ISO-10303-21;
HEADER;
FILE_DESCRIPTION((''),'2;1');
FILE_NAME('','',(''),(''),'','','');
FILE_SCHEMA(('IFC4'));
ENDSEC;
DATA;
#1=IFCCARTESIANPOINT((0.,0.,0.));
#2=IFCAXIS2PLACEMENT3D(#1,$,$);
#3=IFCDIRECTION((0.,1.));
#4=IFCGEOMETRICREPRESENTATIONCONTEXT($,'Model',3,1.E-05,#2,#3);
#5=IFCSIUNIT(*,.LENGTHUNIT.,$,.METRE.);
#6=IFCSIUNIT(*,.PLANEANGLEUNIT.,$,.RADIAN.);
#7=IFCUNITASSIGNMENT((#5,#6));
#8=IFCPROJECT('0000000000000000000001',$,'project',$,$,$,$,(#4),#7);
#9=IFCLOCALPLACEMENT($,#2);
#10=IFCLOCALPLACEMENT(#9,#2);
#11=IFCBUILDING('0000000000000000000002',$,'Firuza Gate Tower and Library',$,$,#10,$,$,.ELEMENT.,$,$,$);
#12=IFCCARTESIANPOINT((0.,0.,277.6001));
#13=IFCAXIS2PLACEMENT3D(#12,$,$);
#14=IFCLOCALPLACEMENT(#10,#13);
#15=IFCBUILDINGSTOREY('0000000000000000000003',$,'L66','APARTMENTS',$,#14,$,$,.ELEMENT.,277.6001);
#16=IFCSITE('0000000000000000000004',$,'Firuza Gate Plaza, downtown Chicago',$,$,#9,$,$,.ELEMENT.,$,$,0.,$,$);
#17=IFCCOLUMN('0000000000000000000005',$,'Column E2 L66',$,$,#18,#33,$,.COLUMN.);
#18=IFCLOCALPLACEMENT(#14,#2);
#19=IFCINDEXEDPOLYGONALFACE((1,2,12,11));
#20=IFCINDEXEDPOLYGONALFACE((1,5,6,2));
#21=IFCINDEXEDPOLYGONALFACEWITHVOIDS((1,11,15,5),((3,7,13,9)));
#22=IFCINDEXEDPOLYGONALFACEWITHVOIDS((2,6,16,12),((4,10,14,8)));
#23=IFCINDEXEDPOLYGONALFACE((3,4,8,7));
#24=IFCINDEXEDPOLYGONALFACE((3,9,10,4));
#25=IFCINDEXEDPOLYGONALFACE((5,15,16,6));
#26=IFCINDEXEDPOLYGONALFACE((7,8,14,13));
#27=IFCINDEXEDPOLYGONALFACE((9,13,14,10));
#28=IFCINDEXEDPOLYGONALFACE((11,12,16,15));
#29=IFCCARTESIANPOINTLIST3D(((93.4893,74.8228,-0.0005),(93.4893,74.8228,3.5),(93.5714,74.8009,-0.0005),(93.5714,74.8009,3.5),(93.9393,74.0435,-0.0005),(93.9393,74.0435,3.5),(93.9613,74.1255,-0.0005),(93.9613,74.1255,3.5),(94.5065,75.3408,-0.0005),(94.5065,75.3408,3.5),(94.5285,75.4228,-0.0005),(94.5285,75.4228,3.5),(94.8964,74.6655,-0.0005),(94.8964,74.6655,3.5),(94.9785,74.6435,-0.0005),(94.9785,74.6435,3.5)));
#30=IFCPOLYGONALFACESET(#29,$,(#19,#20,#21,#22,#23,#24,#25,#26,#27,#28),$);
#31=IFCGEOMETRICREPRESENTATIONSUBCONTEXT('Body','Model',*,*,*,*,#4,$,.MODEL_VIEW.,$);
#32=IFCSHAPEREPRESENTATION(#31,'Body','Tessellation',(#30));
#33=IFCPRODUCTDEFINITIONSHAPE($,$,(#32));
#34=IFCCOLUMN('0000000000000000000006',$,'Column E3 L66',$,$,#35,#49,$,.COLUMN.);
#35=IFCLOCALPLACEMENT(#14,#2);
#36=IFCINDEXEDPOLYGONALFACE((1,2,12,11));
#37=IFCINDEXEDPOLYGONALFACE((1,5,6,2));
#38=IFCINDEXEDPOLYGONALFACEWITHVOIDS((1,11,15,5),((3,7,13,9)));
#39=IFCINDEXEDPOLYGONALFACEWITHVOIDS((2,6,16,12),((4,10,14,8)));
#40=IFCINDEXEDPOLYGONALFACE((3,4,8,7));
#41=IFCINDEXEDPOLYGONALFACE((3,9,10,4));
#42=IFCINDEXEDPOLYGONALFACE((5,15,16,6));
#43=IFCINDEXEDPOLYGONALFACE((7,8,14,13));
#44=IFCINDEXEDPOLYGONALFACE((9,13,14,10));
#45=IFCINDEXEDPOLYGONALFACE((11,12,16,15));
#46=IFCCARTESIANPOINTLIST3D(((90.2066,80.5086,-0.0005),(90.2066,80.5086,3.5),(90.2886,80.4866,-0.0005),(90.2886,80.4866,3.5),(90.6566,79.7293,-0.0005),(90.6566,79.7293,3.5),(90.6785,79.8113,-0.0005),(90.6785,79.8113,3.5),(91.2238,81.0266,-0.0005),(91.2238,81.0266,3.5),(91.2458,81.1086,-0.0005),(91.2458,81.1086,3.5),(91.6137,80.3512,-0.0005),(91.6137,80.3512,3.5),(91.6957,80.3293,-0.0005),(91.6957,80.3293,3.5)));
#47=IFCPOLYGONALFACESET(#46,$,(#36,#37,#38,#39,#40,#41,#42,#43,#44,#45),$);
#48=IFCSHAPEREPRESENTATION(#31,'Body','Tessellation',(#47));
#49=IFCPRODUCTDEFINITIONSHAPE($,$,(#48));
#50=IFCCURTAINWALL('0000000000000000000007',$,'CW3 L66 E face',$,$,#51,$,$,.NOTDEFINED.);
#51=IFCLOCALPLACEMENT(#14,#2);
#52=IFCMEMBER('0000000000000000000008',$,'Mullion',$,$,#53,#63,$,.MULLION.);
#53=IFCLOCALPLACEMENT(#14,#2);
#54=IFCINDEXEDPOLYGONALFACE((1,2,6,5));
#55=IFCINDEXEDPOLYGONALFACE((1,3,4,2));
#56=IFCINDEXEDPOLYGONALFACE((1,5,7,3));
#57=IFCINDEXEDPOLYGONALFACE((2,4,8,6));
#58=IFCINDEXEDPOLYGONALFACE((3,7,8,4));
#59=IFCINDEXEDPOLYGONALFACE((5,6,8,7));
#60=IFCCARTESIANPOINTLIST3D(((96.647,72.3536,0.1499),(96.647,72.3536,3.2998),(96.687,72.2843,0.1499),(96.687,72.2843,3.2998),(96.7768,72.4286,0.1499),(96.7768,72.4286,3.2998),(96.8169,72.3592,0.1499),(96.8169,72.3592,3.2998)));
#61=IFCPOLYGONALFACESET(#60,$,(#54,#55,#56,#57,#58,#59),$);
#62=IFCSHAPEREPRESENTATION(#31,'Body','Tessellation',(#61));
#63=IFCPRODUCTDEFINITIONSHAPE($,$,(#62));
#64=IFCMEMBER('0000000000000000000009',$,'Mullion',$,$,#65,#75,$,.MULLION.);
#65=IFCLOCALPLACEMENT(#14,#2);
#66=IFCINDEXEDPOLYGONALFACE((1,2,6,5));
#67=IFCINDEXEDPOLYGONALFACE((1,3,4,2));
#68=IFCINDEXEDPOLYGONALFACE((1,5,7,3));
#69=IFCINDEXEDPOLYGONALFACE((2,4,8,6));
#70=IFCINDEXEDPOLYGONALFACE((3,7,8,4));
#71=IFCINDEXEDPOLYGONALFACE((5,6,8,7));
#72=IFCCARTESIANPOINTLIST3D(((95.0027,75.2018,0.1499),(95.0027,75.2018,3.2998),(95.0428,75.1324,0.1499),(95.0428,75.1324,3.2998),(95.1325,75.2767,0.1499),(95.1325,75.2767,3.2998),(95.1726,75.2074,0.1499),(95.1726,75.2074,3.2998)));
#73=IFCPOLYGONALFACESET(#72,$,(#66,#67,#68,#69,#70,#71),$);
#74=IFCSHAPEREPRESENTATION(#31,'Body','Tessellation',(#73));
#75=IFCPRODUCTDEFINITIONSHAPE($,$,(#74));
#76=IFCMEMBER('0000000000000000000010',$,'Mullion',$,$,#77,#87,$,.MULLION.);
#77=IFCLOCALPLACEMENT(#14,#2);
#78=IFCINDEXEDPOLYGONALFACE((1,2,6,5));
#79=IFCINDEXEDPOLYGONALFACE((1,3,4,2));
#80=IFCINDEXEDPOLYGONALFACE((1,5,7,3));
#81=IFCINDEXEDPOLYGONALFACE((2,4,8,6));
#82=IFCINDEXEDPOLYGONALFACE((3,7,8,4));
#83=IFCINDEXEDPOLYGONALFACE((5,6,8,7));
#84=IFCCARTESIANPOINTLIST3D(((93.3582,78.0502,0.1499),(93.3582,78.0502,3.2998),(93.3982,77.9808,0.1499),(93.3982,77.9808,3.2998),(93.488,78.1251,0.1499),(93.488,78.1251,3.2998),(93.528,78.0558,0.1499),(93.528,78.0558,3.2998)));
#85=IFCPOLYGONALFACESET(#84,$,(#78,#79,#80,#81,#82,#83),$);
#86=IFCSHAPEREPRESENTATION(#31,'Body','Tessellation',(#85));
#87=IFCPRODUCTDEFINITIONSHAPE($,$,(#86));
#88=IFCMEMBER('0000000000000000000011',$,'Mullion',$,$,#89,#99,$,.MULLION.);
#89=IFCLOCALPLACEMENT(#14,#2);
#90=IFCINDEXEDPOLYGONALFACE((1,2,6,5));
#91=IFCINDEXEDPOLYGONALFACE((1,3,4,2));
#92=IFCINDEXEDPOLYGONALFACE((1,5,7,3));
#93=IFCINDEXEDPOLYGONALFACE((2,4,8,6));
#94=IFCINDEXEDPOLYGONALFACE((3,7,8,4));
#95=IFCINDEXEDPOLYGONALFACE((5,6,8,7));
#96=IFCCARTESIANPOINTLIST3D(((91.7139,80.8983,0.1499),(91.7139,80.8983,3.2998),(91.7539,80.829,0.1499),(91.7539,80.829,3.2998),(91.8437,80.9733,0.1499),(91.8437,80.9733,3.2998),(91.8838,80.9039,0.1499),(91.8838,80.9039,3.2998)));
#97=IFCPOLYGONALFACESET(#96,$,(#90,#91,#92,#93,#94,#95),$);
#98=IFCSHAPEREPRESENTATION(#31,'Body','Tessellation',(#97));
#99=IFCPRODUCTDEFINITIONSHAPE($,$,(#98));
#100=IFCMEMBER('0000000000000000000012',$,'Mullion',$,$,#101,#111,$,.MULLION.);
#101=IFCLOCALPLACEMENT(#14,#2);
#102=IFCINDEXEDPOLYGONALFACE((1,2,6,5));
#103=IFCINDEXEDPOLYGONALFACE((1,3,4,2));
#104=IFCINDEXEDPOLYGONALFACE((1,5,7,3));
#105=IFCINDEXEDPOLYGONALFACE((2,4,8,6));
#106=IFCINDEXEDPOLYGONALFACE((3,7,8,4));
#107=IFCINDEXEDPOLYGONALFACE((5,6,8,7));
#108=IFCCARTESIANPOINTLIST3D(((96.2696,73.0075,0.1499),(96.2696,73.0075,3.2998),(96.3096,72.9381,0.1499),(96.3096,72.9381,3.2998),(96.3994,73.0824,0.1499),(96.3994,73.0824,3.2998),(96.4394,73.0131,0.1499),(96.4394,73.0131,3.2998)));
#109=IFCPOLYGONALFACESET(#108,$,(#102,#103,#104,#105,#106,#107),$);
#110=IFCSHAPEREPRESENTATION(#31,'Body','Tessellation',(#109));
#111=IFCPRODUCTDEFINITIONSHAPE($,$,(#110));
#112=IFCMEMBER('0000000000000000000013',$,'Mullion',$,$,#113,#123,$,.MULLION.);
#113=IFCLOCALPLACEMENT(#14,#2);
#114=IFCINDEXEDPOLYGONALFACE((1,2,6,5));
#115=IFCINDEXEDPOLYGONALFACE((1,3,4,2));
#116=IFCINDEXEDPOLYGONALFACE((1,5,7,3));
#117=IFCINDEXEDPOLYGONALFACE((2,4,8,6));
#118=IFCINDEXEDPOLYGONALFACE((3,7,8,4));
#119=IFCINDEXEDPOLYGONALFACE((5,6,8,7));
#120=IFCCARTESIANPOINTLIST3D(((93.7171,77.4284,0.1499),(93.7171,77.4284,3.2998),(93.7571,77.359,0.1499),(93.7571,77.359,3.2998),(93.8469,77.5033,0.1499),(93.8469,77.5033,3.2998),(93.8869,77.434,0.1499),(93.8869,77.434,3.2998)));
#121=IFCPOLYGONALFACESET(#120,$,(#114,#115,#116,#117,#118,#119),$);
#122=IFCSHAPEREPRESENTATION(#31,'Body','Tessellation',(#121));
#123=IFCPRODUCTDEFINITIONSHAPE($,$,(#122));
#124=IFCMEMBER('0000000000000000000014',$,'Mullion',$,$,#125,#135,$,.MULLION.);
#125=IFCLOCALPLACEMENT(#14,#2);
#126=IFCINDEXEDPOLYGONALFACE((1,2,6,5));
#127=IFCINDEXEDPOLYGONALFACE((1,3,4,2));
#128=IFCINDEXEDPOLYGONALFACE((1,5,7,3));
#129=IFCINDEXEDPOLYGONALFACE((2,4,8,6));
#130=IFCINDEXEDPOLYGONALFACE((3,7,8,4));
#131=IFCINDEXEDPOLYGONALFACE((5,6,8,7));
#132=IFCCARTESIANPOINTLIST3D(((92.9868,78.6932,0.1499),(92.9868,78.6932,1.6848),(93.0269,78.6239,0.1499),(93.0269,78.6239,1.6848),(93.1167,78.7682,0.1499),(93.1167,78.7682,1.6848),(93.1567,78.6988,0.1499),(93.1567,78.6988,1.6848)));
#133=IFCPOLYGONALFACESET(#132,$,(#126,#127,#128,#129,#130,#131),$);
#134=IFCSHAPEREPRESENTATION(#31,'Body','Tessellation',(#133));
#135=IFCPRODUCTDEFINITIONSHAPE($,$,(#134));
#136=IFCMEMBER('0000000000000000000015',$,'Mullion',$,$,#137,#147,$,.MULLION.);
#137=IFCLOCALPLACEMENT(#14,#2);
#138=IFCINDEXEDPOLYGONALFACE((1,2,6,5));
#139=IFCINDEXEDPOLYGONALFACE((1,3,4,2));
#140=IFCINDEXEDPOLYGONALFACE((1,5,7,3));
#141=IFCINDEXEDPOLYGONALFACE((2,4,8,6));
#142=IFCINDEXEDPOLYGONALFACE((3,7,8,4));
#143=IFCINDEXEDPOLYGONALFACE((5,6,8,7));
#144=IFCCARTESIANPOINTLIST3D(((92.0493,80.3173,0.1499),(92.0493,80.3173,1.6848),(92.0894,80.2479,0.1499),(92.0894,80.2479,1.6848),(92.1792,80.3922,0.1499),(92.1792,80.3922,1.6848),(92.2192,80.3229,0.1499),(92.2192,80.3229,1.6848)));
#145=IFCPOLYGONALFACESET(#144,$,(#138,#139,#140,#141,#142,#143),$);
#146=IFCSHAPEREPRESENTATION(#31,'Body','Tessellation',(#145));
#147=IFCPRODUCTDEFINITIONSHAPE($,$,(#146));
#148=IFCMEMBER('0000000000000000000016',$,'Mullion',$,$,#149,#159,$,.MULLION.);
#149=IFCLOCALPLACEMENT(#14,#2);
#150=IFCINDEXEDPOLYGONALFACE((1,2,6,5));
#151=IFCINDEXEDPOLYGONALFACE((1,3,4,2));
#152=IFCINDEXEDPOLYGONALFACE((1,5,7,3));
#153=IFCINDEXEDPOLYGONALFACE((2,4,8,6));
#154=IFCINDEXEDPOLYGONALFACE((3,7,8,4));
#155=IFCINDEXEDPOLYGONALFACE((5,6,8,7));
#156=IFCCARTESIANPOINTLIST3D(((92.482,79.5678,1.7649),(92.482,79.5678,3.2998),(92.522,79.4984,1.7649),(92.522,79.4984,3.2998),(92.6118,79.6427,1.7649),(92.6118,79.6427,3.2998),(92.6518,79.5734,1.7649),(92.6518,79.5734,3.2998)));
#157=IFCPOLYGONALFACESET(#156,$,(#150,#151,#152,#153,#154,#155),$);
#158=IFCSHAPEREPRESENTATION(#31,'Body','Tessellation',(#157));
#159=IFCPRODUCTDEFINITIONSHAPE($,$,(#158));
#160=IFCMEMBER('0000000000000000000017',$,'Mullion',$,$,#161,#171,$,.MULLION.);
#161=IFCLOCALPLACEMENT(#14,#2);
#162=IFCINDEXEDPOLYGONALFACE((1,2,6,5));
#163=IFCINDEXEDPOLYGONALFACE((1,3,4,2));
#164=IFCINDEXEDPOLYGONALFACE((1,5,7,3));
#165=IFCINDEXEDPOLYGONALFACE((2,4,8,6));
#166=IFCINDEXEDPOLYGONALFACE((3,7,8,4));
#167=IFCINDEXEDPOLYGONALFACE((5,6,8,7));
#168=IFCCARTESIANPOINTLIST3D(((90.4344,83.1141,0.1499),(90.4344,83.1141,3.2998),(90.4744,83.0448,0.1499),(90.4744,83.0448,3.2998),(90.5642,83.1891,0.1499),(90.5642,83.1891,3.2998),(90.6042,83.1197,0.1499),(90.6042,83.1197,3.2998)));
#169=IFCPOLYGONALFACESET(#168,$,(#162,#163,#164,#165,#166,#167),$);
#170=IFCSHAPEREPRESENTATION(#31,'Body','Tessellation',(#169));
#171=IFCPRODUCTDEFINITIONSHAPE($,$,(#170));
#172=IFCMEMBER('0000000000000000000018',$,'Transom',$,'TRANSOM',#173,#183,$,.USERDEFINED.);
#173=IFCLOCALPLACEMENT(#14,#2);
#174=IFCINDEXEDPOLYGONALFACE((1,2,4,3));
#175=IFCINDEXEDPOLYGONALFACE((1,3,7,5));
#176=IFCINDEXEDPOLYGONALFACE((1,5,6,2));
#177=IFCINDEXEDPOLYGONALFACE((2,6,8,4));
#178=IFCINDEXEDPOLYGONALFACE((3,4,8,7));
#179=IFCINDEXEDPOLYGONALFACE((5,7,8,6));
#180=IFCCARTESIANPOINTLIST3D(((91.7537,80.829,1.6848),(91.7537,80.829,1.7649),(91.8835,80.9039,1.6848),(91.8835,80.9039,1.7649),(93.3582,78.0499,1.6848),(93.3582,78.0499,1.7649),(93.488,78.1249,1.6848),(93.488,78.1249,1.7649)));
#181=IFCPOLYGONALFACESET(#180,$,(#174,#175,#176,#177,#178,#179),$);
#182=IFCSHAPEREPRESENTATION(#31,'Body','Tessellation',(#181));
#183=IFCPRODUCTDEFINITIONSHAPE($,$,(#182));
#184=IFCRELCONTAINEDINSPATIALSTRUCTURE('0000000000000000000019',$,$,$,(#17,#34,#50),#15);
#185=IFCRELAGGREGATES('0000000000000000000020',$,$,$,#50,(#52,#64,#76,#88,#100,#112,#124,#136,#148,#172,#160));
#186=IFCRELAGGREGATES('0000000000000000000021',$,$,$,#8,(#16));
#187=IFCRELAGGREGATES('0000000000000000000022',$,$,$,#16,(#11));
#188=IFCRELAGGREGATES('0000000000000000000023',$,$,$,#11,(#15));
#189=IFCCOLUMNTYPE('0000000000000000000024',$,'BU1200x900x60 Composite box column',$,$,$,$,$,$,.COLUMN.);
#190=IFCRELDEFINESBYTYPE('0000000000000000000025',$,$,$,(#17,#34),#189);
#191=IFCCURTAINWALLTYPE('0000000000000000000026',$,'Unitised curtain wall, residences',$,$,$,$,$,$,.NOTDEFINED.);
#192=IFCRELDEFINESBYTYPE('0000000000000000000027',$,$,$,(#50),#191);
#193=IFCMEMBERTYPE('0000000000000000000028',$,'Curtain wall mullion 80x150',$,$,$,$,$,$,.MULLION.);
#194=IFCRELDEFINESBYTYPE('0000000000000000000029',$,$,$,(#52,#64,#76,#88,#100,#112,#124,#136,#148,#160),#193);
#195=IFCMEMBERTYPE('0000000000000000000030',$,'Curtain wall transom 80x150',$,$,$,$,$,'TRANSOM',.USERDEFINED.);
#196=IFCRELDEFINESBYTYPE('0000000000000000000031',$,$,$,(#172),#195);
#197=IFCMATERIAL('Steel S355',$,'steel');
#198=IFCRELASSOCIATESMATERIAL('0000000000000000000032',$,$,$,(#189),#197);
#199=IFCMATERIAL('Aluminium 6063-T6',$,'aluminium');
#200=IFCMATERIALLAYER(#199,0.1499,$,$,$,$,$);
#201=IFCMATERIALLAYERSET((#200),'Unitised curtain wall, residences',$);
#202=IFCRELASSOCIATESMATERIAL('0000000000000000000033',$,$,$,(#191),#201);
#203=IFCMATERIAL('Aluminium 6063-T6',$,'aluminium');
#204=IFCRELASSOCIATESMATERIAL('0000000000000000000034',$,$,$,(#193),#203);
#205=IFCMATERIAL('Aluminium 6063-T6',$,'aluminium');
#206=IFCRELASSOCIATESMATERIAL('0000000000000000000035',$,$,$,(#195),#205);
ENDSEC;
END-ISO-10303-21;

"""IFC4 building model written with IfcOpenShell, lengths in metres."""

from ifc_helpers import new_model, si_unit, direction, frame, origin, origin_2d, place, context, subcontext, project, spatial, rectangle, hollow_rectangle, extrude, material, layer, layer_set, material_profile, profile_set, type_object, element, aggregate, save


model = new_model("IFC4")

# Units and contexts
model_context = context("Model", 3, precision=1e-05, world=origin(), true_north=direction((0.0, 1.0)))
body_context = subcontext(model_context, "Body", "Model", "MODEL_VIEW")
ifc_project = project(units=[si_unit("LENGTHUNIT", "METRE"), si_unit("PLANEANGLEUNIT", "RADIAN")], contexts=[model_context])

# Site, building, storey
site_placement = place(None, origin())
site = spatial("IfcSite", under=ifc_project, at=site_placement, Name="Firuza Gate Plaza, downtown Chicago", CompositionType="ELEMENT", RefElevation=0.0)
building_placement = place(site_placement, origin())
building = spatial("IfcBuilding", under=site, at=building_placement, Name="Firuza Gate Tower and Library", CompositionType="ELEMENT")
storey_placement = place(building_placement, frame((0.0, 0.0, 277.6001)))
storey = spatial("IfcBuildingStorey", under=building, at=storey_placement, Name="L66", Description="APARTMENTS", CompositionType="ELEMENT", Elevation=277.6001)

# Columns
ifc_material_1 = material(Name="Steel S355", Category="steel")
ifc_material_profile_1 = material_profile(ifc_material_1, hollow_rectangle(XDim=0.8999, YDim=1.2, WallThickness=0.0601, at=origin_2d()))
ifc_profile_set_1 = profile_set([ifc_material_profile_1], Name="Steel S355")
column_type = type_object("IfcColumnType", Name="BU1200x900x60 Composite box column", PredefinedType="COLUMN", material=ifc_profile_set_1)
for number, where, z_axis, x_axis, name in (
    (1, (94.2339, 74.7332, -0.0005), (0.0, 0.0, 1.0), (-0.5, 0.866025, 0.0), "Column E2 L66"),
    (2, (90.9512, 80.4189, -0.0005), (0.0, 0.0, 1.0), (-0.5, 0.866025, 0.0), "Column E3 L66"),
):
    element("IfcColumn", number, at=place(storey_placement, frame(where, z_axis=z_axis, x_axis=x_axis)), inside=storey, type_object=column_type, Name=name, PredefinedType="COLUMN", context=body_context, shape_type="SweptSolid", body=[
        extrude(hollow_rectangle(XDim=0.8999, YDim=1.2, WallThickness=0.0601, at=origin_2d()), origin(), (0.0, 0.0, 1.0), 3.5005),
    ])

# Curtain wall, members
ifc_material_2 = material(Name="Aluminium 6063-T6", Category="aluminium")
ifc_layer_1 = layer(ifc_material_2, 0.1499)
ifc_layer_set_1 = layer_set([ifc_layer_1], Name="Unitised curtain wall, residences")
curtain_wall_type = type_object("IfcCurtainWallType", Name="Unitised curtain wall, residences", PredefinedType="NOTDEFINED", material=ifc_layer_set_1)
curtain_wall_placement = place(storey_placement, origin())
curtain_wall = element("IfcCurtainWall", 3, at=curtain_wall_placement, inside=storey, type_object=curtain_wall_type, Name="CW3 L66 E face", PredefinedType="NOTDEFINED")
ifc_material_3 = material(Name="Aluminium 6063-T6", Category="aluminium")
ifc_material_profile_2 = material_profile(ifc_material_3, rectangle(XDim=0.1499, YDim=0.0801, at=origin_2d()))
ifc_profile_set_2 = profile_set([ifc_material_profile_2], Name="Aluminium 6063-T6")
member_type_1 = type_object("IfcMemberType", Name="Curtain wall mullion 80x150", PredefinedType="MULLION", material=ifc_profile_set_2)
member_1_placement = place(storey_placement, frame((96.7319, 72.3564, 0.1499), z_axis=(0.0, 0.0, 1.0), x_axis=(-0.866025, -0.5, 0.0)))
member_1 = element("IfcMember", 4, at=member_1_placement, type_object=member_type_1, Name="Mullion", PredefinedType="MULLION", context=body_context, shape_type="SweptSolid", body=[
    extrude(rectangle(XDim=0.1499, YDim=0.0801, at=origin_2d()), origin(), (0.0, 0.0, 1.0), 3.1499),
])
member_2_placement = place(storey_placement, frame((95.0876, 75.2046, 0.1499), z_axis=(0.0, 0.0, 1.0), x_axis=(-0.866025, -0.5, 0.0)))
member_2 = element("IfcMember", 5, at=member_2_placement, type_object=member_type_1, Name="Mullion", PredefinedType="MULLION", context=body_context, shape_type="SweptSolid", body=[
    extrude(rectangle(XDim=0.1499, YDim=0.0801, at=origin_2d()), origin(), (0.0, 0.0, 1.0), 3.1499),
])
member_3_placement = place(storey_placement, frame((93.4431, 78.053, 0.1499), z_axis=(0.0, 0.0, 1.0), x_axis=(-0.866025, -0.5, 0.0)))
member_3 = element("IfcMember", 6, at=member_3_placement, type_object=member_type_1, Name="Mullion", PredefinedType="MULLION", context=body_context, shape_type="SweptSolid", body=[
    extrude(rectangle(XDim=0.1499, YDim=0.0801, at=origin_2d()), origin(), (0.0, 0.0, 1.0), 3.1499),
])
member_4_placement = place(storey_placement, frame((91.7988, 80.9011, 0.1499), z_axis=(0.0, 0.0, 1.0), x_axis=(-0.866025, -0.5, 0.0)))
member_4 = element("IfcMember", 7, at=member_4_placement, type_object=member_type_1, Name="Mullion", PredefinedType="MULLION", context=body_context, shape_type="SweptSolid", body=[
    extrude(rectangle(XDim=0.1499, YDim=0.0801, at=origin_2d()), origin(), (0.0, 0.0, 1.0), 3.1499),
])
member_5_placement = place(storey_placement, frame((96.3545, 73.0103, 0.1499), z_axis=(0.0, 0.0, 1.0), x_axis=(-0.866025, -0.5, 0.0)))
member_5 = element("IfcMember", 8, at=member_5_placement, type_object=member_type_1, Name="Mullion", PredefinedType="MULLION", context=body_context, shape_type="SweptSolid", body=[
    extrude(rectangle(XDim=0.1499, YDim=0.0801, at=origin_2d()), origin(), (0.0, 0.0, 1.0), 3.1499),
])
member_6_placement = place(storey_placement, frame((93.802, 77.4312, 0.1499), z_axis=(0.0, 0.0, 1.0), x_axis=(-0.866025, -0.5, 0.0)))
member_6 = element("IfcMember", 9, at=member_6_placement, type_object=member_type_1, Name="Mullion", PredefinedType="MULLION", context=body_context, shape_type="SweptSolid", body=[
    extrude(rectangle(XDim=0.1499, YDim=0.0801, at=origin_2d()), origin(), (0.0, 0.0, 1.0), 3.1499),
])
member_7_placement = place(storey_placement, frame((93.0718, 78.696, 0.1499), z_axis=(0.0, 0.0, 1.0), x_axis=(-0.866025, -0.5, 0.0)))
member_7 = element("IfcMember", 10, at=member_7_placement, type_object=member_type_1, Name="Mullion", PredefinedType="MULLION", context=body_context, shape_type="SweptSolid", body=[
    extrude(rectangle(XDim=0.1499, YDim=0.0801, at=origin_2d()), origin(), (0.0, 0.0, 1.0), 1.5349),
])
member_8_placement = place(storey_placement, frame((92.1343, 80.3201, 0.1499), z_axis=(0.0, 0.0, 1.0), x_axis=(-0.866025, -0.5, 0.0)))
member_8 = element("IfcMember", 11, at=member_8_placement, type_object=member_type_1, Name="Mullion", PredefinedType="MULLION", context=body_context, shape_type="SweptSolid", body=[
    extrude(rectangle(XDim=0.1499, YDim=0.0801, at=origin_2d()), origin(), (0.0, 0.0, 1.0), 1.5349),
])
member_9_placement = place(storey_placement, frame((92.5669, 79.5706, 1.7649), z_axis=(0.0, 0.0, 1.0), x_axis=(-0.866025, -0.5, 0.0)))
member_9 = element("IfcMember", 12, at=member_9_placement, type_object=member_type_1, Name="Mullion", PredefinedType="MULLION", context=body_context, shape_type="SweptSolid", body=[
    extrude(rectangle(XDim=0.1499, YDim=0.0801, at=origin_2d()), origin(), (0.0, 0.0, 1.0), 1.5349),
])
member_10_placement = place(storey_placement, frame((90.5193, 83.1169, 0.1499), z_axis=(0.0, 0.0, 1.0), x_axis=(-0.866025, -0.5, 0.0)))
member_10 = element("IfcMember", 13, at=member_10_placement, type_object=member_type_1, Name="Mullion", PredefinedType="MULLION", context=body_context, shape_type="SweptSolid", body=[
    extrude(rectangle(XDim=0.1499, YDim=0.0801, at=origin_2d()), origin(), (0.0, 0.0, 1.0), 3.1499),
])
ifc_material_4 = material(Name="Aluminium 6063-T6", Category="aluminium")
ifc_material_profile_3 = material_profile(ifc_material_4, rectangle(XDim=0.1499, YDim=0.0801, at=origin_2d()))
ifc_profile_set_3 = profile_set([ifc_material_profile_3], Name="Aluminium 6063-T6")
member_type_2 = type_object("IfcMemberType", Name="Curtain wall transom 80x150", ElementType="TRANSOM", PredefinedType="USERDEFINED", material=ifc_profile_set_3)
member_11_placement = place(storey_placement, frame((93.4231, 78.0874, 1.7249), z_axis=(-0.500001, 0.866025, 0.0), x_axis=(-0.866025, -0.500001, 0.0)))
member_11 = element("IfcMember", 14, at=member_11_placement, type_object=member_type_2, Name="Transom", ObjectType="TRANSOM", PredefinedType="USERDEFINED", context=body_context, shape_type="SweptSolid", body=[
    extrude(rectangle(XDim=0.1499, YDim=0.0801, at=origin_2d()), origin(), (0.0, 0.0, 1.0), 3.209),
])

aggregate(curtain_wall, [member_1, member_2, member_3, member_4, member_5, member_6, member_7, member_8, member_9, member_11, member_10])

save(model, "model.ifc")
